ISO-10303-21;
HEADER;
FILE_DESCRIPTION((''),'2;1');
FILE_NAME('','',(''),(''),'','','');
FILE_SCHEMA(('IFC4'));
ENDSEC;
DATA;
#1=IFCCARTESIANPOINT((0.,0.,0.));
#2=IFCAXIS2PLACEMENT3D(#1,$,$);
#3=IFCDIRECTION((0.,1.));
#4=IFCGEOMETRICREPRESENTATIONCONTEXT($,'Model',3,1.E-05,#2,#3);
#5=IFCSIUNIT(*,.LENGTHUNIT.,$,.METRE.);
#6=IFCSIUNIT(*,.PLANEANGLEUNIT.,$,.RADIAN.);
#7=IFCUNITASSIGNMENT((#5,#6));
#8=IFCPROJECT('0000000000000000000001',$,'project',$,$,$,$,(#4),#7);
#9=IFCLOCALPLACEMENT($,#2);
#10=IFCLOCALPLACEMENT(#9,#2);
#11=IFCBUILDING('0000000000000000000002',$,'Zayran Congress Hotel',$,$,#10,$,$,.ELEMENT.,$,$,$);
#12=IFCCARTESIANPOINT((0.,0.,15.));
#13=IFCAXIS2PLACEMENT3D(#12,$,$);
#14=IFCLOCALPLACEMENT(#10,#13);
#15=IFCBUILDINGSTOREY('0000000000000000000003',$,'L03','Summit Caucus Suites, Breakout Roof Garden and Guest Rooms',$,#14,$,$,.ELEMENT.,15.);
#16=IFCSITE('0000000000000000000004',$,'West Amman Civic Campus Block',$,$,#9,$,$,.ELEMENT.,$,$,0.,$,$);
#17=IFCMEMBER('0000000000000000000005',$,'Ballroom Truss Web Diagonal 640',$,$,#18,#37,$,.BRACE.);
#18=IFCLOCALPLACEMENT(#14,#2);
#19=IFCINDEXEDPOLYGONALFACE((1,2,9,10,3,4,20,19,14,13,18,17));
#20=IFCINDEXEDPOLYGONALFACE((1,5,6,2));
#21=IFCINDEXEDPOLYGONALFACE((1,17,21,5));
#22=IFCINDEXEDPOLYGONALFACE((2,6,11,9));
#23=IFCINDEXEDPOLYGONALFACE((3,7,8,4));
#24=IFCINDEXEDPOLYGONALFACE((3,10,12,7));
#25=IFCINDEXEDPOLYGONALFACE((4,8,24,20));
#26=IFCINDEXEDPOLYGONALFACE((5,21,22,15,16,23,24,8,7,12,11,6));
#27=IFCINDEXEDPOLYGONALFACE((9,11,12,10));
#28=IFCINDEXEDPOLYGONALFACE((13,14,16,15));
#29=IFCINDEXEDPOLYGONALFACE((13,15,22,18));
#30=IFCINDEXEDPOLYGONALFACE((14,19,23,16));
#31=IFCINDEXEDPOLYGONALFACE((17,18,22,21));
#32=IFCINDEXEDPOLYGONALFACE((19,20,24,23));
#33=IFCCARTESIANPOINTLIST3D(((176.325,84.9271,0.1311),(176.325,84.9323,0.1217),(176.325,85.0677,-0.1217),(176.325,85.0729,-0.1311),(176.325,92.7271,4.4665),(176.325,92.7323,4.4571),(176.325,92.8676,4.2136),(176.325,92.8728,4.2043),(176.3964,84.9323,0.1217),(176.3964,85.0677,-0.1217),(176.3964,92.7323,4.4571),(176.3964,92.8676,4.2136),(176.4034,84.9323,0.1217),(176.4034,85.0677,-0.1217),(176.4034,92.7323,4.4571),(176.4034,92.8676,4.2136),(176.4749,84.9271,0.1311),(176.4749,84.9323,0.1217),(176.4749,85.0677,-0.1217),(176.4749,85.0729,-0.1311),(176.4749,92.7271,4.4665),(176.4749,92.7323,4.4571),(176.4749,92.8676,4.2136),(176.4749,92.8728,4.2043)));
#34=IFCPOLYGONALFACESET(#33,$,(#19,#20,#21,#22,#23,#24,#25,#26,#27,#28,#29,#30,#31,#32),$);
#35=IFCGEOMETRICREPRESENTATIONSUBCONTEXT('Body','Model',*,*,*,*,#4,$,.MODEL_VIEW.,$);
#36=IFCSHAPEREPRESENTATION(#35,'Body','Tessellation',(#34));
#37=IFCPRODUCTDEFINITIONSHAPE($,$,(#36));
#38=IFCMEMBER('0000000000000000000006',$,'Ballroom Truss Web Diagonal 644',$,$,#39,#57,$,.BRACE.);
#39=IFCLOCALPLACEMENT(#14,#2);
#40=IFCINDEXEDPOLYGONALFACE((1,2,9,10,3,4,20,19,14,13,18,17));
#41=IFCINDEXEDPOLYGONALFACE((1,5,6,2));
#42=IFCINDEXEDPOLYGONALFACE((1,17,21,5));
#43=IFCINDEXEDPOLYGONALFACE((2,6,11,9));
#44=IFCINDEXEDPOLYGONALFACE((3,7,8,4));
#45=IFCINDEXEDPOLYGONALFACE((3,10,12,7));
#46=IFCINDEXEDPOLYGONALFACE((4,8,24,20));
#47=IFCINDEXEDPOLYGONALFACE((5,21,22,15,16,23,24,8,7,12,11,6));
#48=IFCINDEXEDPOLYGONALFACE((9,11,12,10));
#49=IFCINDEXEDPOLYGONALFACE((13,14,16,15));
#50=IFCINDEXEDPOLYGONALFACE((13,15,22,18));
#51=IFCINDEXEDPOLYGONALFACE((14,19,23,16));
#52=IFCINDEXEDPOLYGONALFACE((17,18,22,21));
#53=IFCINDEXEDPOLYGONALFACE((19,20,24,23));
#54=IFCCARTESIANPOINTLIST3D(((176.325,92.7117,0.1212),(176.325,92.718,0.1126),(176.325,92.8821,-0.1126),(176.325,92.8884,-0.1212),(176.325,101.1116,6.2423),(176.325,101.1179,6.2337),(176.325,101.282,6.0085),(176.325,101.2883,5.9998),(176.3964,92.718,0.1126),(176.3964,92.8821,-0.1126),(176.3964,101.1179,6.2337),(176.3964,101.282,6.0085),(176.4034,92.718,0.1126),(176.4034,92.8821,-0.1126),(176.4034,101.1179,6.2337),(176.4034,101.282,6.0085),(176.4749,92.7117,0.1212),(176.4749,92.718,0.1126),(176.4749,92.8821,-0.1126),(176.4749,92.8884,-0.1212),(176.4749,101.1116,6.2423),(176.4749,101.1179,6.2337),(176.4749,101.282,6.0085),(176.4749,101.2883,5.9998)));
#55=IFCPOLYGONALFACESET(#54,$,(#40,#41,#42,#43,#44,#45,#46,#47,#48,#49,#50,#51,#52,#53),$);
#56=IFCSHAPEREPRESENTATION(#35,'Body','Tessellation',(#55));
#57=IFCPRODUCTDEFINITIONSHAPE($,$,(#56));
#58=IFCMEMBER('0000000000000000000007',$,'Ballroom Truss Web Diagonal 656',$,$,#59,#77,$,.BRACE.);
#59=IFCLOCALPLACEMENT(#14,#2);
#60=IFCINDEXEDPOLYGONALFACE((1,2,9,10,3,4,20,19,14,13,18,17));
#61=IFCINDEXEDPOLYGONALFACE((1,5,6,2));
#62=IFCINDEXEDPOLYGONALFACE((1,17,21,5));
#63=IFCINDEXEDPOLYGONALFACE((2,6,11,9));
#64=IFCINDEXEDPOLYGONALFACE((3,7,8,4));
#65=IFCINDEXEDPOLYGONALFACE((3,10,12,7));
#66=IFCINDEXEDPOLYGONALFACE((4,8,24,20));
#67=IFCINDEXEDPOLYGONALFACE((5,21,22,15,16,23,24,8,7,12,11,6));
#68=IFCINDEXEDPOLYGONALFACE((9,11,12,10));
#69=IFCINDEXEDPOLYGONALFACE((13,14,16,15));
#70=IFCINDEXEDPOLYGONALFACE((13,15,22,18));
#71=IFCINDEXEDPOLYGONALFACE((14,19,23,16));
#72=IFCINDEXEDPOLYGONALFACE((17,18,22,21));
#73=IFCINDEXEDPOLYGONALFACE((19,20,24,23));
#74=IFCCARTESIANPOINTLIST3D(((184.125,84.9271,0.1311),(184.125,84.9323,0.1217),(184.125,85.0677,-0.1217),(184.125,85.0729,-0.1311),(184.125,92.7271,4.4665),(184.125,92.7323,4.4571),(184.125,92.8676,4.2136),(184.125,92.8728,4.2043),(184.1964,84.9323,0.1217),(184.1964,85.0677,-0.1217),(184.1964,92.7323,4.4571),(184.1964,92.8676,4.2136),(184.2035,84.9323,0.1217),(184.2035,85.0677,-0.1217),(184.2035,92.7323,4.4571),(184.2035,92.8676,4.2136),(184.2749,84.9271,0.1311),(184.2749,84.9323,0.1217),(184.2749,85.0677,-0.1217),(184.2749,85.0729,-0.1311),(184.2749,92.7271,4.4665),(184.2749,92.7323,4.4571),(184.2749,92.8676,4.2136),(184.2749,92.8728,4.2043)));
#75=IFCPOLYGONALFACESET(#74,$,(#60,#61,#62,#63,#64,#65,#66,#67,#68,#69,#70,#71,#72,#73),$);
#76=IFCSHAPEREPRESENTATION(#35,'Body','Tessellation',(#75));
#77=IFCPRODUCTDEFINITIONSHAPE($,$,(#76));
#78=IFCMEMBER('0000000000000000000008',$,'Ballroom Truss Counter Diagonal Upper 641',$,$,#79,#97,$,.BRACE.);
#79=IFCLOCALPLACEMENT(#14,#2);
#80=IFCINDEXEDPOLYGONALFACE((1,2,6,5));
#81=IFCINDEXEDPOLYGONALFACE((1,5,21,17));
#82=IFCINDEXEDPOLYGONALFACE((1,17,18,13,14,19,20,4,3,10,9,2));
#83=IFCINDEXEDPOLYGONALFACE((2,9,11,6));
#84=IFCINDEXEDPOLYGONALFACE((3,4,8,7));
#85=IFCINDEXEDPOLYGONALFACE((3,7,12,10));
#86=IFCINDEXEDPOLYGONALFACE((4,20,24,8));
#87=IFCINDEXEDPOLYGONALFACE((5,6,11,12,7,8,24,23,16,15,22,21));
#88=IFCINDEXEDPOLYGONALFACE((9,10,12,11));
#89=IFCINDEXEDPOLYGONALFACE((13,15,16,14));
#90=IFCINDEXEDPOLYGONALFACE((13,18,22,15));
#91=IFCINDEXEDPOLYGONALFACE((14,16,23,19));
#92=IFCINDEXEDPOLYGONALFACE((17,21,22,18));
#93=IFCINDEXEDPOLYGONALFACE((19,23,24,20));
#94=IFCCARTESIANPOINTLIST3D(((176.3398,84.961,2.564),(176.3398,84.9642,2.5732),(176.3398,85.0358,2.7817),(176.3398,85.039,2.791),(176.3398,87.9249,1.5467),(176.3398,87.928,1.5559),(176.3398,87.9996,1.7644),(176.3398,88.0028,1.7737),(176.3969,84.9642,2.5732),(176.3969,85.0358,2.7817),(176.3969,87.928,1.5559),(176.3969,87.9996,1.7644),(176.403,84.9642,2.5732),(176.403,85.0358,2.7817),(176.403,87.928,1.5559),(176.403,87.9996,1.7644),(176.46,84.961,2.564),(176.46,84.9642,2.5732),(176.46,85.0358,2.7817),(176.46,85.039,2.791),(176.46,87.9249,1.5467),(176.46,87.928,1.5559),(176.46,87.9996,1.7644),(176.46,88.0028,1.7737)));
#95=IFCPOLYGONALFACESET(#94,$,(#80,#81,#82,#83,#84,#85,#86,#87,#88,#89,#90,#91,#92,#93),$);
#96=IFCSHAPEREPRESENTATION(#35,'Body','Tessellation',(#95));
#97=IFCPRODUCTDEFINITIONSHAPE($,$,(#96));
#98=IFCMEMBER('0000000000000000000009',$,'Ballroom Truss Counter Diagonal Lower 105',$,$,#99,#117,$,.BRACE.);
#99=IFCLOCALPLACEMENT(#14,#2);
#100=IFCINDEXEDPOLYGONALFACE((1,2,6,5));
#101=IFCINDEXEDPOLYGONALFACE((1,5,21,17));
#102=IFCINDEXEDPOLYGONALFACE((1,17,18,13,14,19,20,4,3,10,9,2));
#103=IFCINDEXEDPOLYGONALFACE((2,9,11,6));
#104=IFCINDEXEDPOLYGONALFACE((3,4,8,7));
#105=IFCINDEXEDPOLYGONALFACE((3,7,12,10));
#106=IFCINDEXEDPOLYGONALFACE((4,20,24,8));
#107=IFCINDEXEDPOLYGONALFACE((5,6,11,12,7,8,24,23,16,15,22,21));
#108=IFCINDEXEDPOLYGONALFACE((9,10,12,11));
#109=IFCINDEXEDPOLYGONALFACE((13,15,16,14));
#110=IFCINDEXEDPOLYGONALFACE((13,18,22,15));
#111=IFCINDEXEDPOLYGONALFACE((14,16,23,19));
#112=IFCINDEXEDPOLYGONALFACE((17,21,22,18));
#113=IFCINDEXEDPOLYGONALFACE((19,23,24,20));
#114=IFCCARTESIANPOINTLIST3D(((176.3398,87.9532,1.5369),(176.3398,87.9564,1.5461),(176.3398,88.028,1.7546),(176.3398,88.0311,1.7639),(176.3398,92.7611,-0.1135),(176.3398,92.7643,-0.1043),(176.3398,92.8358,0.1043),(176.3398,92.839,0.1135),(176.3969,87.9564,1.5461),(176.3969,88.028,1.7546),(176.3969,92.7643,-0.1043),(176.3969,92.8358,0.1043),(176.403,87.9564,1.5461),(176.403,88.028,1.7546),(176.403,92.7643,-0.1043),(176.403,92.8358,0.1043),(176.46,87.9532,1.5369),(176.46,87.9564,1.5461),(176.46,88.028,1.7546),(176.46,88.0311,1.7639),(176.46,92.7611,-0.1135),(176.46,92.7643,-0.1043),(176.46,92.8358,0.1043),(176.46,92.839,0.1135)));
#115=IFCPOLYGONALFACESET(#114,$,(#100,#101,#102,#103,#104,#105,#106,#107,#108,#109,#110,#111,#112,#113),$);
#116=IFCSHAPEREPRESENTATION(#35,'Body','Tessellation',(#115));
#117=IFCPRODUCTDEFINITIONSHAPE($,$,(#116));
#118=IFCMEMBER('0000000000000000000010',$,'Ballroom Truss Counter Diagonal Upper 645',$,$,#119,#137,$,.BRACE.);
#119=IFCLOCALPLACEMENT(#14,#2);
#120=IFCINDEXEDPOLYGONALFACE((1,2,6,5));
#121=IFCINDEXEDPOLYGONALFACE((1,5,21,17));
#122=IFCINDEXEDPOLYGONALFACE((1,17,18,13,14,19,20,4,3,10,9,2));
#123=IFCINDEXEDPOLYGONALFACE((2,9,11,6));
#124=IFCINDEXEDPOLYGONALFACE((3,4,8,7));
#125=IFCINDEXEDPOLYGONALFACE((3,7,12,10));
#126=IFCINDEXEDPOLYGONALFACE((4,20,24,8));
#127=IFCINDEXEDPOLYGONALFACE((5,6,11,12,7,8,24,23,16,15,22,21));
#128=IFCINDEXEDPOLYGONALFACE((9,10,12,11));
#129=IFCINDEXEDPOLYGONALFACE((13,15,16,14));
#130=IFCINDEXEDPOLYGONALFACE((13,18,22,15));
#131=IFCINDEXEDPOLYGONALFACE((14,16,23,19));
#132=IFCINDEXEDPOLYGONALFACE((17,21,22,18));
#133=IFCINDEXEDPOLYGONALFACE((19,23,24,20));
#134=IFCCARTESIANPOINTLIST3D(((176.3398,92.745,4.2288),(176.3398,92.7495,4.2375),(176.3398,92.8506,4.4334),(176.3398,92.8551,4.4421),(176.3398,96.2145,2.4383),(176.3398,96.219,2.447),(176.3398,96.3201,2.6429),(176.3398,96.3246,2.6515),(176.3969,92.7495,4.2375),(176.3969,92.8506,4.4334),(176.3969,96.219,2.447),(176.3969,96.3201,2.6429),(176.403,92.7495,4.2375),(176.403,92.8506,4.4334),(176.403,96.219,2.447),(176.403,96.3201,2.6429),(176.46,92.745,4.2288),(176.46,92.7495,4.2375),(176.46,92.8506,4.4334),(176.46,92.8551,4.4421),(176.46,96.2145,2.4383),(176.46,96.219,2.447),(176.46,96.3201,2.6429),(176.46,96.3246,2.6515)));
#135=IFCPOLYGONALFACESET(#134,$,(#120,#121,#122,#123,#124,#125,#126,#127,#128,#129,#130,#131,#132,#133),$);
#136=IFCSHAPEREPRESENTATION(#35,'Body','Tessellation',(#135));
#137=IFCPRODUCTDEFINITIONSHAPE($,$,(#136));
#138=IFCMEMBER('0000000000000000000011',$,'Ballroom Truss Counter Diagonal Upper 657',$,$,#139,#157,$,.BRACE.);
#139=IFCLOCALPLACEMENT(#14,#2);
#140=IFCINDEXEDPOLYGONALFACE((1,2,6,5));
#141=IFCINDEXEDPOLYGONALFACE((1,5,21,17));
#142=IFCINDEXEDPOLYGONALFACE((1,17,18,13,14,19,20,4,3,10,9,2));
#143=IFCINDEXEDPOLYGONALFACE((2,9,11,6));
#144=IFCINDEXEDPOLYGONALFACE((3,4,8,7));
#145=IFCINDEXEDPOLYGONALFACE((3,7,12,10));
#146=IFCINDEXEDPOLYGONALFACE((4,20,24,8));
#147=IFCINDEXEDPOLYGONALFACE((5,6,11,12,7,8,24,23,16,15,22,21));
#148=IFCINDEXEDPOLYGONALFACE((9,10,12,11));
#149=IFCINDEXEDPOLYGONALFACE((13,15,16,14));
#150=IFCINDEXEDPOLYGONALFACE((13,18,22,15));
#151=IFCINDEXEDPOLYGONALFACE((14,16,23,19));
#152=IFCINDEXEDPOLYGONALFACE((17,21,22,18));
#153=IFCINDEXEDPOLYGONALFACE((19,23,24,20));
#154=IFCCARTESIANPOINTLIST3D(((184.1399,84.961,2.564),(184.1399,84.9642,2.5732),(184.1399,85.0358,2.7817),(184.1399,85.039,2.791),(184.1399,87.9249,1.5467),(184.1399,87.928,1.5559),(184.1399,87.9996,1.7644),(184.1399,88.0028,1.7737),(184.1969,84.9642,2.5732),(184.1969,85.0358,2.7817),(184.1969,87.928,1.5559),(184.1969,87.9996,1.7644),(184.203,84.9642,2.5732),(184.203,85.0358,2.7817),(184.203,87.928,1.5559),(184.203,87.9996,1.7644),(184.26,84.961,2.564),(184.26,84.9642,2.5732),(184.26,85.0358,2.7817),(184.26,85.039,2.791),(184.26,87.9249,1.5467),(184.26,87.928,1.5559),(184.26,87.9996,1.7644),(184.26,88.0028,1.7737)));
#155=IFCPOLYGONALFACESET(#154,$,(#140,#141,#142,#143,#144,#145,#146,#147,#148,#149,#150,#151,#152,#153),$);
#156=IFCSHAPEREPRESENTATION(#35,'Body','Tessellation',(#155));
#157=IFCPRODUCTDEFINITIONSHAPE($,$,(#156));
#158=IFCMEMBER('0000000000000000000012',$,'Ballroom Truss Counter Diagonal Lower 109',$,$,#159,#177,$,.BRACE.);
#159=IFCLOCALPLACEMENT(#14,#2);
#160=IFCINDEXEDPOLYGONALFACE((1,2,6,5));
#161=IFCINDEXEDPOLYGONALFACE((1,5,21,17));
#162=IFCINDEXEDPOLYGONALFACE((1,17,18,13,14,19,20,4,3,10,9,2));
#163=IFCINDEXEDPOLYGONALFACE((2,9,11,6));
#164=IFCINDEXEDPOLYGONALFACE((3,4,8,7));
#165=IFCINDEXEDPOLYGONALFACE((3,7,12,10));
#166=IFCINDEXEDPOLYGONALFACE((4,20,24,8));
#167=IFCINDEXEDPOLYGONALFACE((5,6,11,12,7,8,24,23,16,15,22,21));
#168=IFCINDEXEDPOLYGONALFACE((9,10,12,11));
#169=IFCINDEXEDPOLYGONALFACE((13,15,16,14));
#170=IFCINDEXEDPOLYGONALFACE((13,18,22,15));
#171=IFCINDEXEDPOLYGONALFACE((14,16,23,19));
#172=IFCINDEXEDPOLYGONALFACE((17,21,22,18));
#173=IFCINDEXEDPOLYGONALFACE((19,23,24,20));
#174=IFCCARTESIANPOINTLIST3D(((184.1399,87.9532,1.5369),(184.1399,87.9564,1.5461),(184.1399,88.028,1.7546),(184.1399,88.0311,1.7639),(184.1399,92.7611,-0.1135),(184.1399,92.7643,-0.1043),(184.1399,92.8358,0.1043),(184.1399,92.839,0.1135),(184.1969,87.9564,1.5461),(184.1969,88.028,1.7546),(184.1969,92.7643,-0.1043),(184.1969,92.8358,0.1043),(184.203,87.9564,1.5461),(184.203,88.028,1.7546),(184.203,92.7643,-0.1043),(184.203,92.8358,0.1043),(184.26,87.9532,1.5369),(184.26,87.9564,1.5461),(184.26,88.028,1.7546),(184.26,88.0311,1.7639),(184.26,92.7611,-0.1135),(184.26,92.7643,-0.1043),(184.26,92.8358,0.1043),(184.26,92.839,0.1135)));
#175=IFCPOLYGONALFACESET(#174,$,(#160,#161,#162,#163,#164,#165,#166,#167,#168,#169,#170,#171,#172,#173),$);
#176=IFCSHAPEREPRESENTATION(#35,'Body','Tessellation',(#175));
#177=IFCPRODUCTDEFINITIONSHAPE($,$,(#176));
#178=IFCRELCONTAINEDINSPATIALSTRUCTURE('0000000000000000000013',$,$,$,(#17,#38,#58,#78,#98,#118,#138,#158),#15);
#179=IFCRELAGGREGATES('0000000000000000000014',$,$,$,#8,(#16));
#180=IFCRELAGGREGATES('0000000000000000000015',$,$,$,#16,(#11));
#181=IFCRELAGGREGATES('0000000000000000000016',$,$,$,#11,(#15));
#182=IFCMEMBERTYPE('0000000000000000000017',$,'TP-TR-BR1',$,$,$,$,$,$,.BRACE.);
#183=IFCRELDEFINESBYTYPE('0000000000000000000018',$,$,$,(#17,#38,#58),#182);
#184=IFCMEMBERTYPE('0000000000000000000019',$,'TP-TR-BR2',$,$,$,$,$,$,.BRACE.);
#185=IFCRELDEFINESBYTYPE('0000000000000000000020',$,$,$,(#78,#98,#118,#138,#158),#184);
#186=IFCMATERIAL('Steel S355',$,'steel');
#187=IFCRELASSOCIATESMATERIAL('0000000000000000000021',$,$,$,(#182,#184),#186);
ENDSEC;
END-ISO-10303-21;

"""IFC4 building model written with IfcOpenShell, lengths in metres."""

from ifc_helpers import new_model, si_unit, direction, frame, origin, origin_2d, place, context, subcontext, project, spatial, i_section, extrude, material, material_profile, profile_set, type_object, element, save


model = new_model("IFC4")

# Units and contexts
model_context = context("Model", 3, precision=1e-05, world=origin(), true_north=direction((0.0, 1.0)))
body_context = subcontext(model_context, "Body", "Model", "MODEL_VIEW")
ifc_project = project(units=[si_unit("LENGTHUNIT", "METRE"), si_unit("PLANEANGLEUNIT", "RADIAN")], contexts=[model_context])

# Site, building, storey
site_placement = place(None, origin())
site = spatial("IfcSite", under=ifc_project, at=site_placement, Name="West Amman Civic Campus Block", CompositionType="ELEMENT", RefElevation=0.0)
building_placement = place(site_placement, origin())
building = spatial("IfcBuilding", under=site, at=building_placement, Name="Zayran Congress Hotel", CompositionType="ELEMENT")
storey_placement = place(building_placement, frame((0.0, 0.0, 15.0)))
storey = spatial("IfcBuildingStorey", under=building, at=storey_placement, Name="L03", Description="Summit Caucus Suites, Breakout Roof Garden and Guest Rooms", CompositionType="ELEMENT", Elevation=15.0)

# Shared definitions
ifc_material_1 = material(Name="Steel S355", Category="steel")

# Members
ifc_material_profile_1 = material_profile(ifc_material_1, i_section(OverallWidth=0.1499, OverallDepth=0.3, WebThickness=0.0071, FlangeThickness=0.0107, at=origin_2d()), Name="IPE 300")
ifc_profile_set_1 = profile_set([ifc_material_profile_1], Name="Steel S355")
member_type_1 = type_object("IfcMemberType", Name="TP-TR-BR1", PredefinedType="BRACE", material=ifc_profile_set_1)
member_1_placement = place(storey_placement, frame((176.3999, 85.0, 0.0), z_axis=(0.0, 0.874058, 0.485822), x_axis=(-1.0, 0.0, 0.0)))
element("IfcMember", 1, at=member_1_placement, inside=storey, type_object=member_type_1, Name="Ballroom Truss Web Diagonal 640", PredefinedType="BRACE", context=body_context, shape_type="SweptSolid", body=[
    extrude(i_section(OverallWidth=0.1499, OverallDepth=0.3, WebThickness=0.0071, FlangeThickness=0.0107, at=origin_2d()), origin(), (0.0, 0.0, 1.0), 8.9238),
])
member_2_placement = place(storey_placement, frame((176.3999, 92.8, 0.0), z_axis=(0.0, 0.808183, 0.588931), x_axis=(-1.0, 0.0, 0.0)))
element("IfcMember", 2, at=member_2_placement, inside=storey, type_object=member_type_1, Name="Ballroom Truss Web Diagonal 644", PredefinedType="BRACE", context=body_context, shape_type="SweptSolid", body=[
    extrude(i_section(OverallWidth=0.1499, OverallDepth=0.3, WebThickness=0.0071, FlangeThickness=0.0107, at=origin_2d()), origin(), (0.0, 0.0, 1.0), 10.3936),
])
member_3_placement = place(storey_placement, frame((184.2, 85.0, 0.0), z_axis=(0.0, 0.874058, 0.485822), x_axis=(-1.0, 0.0, 0.0)))
element("IfcMember", 3, at=member_3_placement, inside=storey, type_object=member_type_1, Name="Ballroom Truss Web Diagonal 656", PredefinedType="BRACE", context=body_context, shape_type="SweptSolid", body=[
    extrude(i_section(OverallWidth=0.1499, OverallDepth=0.3, WebThickness=0.0071, FlangeThickness=0.0107, at=origin_2d()), origin(), (0.0, 0.0, 1.0), 8.9238),
])
ifc_material_profile_2 = material_profile(ifc_material_1, i_section(OverallWidth=0.1201, OverallDepth=0.24, WebThickness=0.0061, FlangeThickness=0.0098, at=origin_2d()), Name="IPE 240")
ifc_profile_set_2 = profile_set([ifc_material_profile_2], Name="Steel S355")
member_type_2 = type_object("IfcMemberType", Name="TP-TR-BR2", PredefinedType="BRACE", material=ifc_profile_set_2)
member_4_placement = place(storey_placement, frame((176.3999, 85.0, 2.6775), z_axis=(0.0, 0.945833, -0.324653), x_axis=(-1.0, 0.0, 0.0)))
element("IfcMember", 4, at=member_4_placement, inside=storey, type_object=member_type_2, Name="Ballroom Truss Counter Diagonal Upper 641", PredefinedType="BRACE", context=body_context, shape_type="SweptSolid", body=[
    extrude(i_section(OverallWidth=0.1201, OverallDepth=0.24, WebThickness=0.0061, FlangeThickness=0.0098, at=origin_2d()), origin(), (0.0, 0.0, 1.0), 3.1335),
])
member_5_placement = place(storey_placement, frame((176.3999, 87.9922, 1.6504), z_axis=(0.0, 0.945826, -0.324673), x_axis=(-1.0, 0.0, 0.0)))
element("IfcMember", 5, at=member_5_placement, inside=storey, type_object=member_type_2, Name="Ballroom Truss Counter Diagonal Lower 105", PredefinedType="BRACE", context=body_context, shape_type="SweptSolid", body=[
    extrude(i_section(OverallWidth=0.1201, OverallDepth=0.24, WebThickness=0.0061, FlangeThickness=0.0098, at=origin_2d()), origin(), (0.0, 0.0, 1.0), 5.0833),
])
member_6_placement = place(storey_placement, frame((176.3999, 92.8, 4.3354), z_axis=(0.0, 0.888639, -0.458608), x_axis=(-1.0, 0.0, 0.0)))
element("IfcMember", 6, at=member_6_placement, inside=storey, type_object=member_type_2, Name="Ballroom Truss Counter Diagonal Upper 645", PredefinedType="BRACE", context=body_context, shape_type="SweptSolid", body=[
    extrude(i_section(OverallWidth=0.1201, OverallDepth=0.24, WebThickness=0.0061, FlangeThickness=0.0098, at=origin_2d()), origin(), (0.0, 0.0, 1.0), 3.9043),
])
member_7_placement = place(storey_placement, frame((184.2, 85.0, 2.6775), z_axis=(0.0, 0.945833, -0.324653), x_axis=(-1.0, 0.0, 0.0)))
element("IfcMember", 7, at=member_7_placement, inside=storey, type_object=member_type_2, Name="Ballroom Truss Counter Diagonal Upper 657", PredefinedType="BRACE", context=body_context, shape_type="SweptSolid", body=[
    extrude(i_section(OverallWidth=0.1201, OverallDepth=0.24, WebThickness=0.0061, FlangeThickness=0.0098, at=origin_2d()), origin(), (0.0, 0.0, 1.0), 3.1335),
])
member_8_placement = place(storey_placement, frame((184.2, 87.9922, 1.6504), z_axis=(0.0, 0.945826, -0.324673), x_axis=(-1.0, 0.0, 0.0)))
element("IfcMember", 8, at=member_8_placement, inside=storey, type_object=member_type_2, Name="Ballroom Truss Counter Diagonal Lower 109", PredefinedType="BRACE", context=body_context, shape_type="SweptSolid", body=[
    extrude(i_section(OverallWidth=0.1201, OverallDepth=0.24, WebThickness=0.0061, FlangeThickness=0.0098, at=origin_2d()), origin(), (0.0, 0.0, 1.0), 5.0833),
])

save(model, "model.ifc")
